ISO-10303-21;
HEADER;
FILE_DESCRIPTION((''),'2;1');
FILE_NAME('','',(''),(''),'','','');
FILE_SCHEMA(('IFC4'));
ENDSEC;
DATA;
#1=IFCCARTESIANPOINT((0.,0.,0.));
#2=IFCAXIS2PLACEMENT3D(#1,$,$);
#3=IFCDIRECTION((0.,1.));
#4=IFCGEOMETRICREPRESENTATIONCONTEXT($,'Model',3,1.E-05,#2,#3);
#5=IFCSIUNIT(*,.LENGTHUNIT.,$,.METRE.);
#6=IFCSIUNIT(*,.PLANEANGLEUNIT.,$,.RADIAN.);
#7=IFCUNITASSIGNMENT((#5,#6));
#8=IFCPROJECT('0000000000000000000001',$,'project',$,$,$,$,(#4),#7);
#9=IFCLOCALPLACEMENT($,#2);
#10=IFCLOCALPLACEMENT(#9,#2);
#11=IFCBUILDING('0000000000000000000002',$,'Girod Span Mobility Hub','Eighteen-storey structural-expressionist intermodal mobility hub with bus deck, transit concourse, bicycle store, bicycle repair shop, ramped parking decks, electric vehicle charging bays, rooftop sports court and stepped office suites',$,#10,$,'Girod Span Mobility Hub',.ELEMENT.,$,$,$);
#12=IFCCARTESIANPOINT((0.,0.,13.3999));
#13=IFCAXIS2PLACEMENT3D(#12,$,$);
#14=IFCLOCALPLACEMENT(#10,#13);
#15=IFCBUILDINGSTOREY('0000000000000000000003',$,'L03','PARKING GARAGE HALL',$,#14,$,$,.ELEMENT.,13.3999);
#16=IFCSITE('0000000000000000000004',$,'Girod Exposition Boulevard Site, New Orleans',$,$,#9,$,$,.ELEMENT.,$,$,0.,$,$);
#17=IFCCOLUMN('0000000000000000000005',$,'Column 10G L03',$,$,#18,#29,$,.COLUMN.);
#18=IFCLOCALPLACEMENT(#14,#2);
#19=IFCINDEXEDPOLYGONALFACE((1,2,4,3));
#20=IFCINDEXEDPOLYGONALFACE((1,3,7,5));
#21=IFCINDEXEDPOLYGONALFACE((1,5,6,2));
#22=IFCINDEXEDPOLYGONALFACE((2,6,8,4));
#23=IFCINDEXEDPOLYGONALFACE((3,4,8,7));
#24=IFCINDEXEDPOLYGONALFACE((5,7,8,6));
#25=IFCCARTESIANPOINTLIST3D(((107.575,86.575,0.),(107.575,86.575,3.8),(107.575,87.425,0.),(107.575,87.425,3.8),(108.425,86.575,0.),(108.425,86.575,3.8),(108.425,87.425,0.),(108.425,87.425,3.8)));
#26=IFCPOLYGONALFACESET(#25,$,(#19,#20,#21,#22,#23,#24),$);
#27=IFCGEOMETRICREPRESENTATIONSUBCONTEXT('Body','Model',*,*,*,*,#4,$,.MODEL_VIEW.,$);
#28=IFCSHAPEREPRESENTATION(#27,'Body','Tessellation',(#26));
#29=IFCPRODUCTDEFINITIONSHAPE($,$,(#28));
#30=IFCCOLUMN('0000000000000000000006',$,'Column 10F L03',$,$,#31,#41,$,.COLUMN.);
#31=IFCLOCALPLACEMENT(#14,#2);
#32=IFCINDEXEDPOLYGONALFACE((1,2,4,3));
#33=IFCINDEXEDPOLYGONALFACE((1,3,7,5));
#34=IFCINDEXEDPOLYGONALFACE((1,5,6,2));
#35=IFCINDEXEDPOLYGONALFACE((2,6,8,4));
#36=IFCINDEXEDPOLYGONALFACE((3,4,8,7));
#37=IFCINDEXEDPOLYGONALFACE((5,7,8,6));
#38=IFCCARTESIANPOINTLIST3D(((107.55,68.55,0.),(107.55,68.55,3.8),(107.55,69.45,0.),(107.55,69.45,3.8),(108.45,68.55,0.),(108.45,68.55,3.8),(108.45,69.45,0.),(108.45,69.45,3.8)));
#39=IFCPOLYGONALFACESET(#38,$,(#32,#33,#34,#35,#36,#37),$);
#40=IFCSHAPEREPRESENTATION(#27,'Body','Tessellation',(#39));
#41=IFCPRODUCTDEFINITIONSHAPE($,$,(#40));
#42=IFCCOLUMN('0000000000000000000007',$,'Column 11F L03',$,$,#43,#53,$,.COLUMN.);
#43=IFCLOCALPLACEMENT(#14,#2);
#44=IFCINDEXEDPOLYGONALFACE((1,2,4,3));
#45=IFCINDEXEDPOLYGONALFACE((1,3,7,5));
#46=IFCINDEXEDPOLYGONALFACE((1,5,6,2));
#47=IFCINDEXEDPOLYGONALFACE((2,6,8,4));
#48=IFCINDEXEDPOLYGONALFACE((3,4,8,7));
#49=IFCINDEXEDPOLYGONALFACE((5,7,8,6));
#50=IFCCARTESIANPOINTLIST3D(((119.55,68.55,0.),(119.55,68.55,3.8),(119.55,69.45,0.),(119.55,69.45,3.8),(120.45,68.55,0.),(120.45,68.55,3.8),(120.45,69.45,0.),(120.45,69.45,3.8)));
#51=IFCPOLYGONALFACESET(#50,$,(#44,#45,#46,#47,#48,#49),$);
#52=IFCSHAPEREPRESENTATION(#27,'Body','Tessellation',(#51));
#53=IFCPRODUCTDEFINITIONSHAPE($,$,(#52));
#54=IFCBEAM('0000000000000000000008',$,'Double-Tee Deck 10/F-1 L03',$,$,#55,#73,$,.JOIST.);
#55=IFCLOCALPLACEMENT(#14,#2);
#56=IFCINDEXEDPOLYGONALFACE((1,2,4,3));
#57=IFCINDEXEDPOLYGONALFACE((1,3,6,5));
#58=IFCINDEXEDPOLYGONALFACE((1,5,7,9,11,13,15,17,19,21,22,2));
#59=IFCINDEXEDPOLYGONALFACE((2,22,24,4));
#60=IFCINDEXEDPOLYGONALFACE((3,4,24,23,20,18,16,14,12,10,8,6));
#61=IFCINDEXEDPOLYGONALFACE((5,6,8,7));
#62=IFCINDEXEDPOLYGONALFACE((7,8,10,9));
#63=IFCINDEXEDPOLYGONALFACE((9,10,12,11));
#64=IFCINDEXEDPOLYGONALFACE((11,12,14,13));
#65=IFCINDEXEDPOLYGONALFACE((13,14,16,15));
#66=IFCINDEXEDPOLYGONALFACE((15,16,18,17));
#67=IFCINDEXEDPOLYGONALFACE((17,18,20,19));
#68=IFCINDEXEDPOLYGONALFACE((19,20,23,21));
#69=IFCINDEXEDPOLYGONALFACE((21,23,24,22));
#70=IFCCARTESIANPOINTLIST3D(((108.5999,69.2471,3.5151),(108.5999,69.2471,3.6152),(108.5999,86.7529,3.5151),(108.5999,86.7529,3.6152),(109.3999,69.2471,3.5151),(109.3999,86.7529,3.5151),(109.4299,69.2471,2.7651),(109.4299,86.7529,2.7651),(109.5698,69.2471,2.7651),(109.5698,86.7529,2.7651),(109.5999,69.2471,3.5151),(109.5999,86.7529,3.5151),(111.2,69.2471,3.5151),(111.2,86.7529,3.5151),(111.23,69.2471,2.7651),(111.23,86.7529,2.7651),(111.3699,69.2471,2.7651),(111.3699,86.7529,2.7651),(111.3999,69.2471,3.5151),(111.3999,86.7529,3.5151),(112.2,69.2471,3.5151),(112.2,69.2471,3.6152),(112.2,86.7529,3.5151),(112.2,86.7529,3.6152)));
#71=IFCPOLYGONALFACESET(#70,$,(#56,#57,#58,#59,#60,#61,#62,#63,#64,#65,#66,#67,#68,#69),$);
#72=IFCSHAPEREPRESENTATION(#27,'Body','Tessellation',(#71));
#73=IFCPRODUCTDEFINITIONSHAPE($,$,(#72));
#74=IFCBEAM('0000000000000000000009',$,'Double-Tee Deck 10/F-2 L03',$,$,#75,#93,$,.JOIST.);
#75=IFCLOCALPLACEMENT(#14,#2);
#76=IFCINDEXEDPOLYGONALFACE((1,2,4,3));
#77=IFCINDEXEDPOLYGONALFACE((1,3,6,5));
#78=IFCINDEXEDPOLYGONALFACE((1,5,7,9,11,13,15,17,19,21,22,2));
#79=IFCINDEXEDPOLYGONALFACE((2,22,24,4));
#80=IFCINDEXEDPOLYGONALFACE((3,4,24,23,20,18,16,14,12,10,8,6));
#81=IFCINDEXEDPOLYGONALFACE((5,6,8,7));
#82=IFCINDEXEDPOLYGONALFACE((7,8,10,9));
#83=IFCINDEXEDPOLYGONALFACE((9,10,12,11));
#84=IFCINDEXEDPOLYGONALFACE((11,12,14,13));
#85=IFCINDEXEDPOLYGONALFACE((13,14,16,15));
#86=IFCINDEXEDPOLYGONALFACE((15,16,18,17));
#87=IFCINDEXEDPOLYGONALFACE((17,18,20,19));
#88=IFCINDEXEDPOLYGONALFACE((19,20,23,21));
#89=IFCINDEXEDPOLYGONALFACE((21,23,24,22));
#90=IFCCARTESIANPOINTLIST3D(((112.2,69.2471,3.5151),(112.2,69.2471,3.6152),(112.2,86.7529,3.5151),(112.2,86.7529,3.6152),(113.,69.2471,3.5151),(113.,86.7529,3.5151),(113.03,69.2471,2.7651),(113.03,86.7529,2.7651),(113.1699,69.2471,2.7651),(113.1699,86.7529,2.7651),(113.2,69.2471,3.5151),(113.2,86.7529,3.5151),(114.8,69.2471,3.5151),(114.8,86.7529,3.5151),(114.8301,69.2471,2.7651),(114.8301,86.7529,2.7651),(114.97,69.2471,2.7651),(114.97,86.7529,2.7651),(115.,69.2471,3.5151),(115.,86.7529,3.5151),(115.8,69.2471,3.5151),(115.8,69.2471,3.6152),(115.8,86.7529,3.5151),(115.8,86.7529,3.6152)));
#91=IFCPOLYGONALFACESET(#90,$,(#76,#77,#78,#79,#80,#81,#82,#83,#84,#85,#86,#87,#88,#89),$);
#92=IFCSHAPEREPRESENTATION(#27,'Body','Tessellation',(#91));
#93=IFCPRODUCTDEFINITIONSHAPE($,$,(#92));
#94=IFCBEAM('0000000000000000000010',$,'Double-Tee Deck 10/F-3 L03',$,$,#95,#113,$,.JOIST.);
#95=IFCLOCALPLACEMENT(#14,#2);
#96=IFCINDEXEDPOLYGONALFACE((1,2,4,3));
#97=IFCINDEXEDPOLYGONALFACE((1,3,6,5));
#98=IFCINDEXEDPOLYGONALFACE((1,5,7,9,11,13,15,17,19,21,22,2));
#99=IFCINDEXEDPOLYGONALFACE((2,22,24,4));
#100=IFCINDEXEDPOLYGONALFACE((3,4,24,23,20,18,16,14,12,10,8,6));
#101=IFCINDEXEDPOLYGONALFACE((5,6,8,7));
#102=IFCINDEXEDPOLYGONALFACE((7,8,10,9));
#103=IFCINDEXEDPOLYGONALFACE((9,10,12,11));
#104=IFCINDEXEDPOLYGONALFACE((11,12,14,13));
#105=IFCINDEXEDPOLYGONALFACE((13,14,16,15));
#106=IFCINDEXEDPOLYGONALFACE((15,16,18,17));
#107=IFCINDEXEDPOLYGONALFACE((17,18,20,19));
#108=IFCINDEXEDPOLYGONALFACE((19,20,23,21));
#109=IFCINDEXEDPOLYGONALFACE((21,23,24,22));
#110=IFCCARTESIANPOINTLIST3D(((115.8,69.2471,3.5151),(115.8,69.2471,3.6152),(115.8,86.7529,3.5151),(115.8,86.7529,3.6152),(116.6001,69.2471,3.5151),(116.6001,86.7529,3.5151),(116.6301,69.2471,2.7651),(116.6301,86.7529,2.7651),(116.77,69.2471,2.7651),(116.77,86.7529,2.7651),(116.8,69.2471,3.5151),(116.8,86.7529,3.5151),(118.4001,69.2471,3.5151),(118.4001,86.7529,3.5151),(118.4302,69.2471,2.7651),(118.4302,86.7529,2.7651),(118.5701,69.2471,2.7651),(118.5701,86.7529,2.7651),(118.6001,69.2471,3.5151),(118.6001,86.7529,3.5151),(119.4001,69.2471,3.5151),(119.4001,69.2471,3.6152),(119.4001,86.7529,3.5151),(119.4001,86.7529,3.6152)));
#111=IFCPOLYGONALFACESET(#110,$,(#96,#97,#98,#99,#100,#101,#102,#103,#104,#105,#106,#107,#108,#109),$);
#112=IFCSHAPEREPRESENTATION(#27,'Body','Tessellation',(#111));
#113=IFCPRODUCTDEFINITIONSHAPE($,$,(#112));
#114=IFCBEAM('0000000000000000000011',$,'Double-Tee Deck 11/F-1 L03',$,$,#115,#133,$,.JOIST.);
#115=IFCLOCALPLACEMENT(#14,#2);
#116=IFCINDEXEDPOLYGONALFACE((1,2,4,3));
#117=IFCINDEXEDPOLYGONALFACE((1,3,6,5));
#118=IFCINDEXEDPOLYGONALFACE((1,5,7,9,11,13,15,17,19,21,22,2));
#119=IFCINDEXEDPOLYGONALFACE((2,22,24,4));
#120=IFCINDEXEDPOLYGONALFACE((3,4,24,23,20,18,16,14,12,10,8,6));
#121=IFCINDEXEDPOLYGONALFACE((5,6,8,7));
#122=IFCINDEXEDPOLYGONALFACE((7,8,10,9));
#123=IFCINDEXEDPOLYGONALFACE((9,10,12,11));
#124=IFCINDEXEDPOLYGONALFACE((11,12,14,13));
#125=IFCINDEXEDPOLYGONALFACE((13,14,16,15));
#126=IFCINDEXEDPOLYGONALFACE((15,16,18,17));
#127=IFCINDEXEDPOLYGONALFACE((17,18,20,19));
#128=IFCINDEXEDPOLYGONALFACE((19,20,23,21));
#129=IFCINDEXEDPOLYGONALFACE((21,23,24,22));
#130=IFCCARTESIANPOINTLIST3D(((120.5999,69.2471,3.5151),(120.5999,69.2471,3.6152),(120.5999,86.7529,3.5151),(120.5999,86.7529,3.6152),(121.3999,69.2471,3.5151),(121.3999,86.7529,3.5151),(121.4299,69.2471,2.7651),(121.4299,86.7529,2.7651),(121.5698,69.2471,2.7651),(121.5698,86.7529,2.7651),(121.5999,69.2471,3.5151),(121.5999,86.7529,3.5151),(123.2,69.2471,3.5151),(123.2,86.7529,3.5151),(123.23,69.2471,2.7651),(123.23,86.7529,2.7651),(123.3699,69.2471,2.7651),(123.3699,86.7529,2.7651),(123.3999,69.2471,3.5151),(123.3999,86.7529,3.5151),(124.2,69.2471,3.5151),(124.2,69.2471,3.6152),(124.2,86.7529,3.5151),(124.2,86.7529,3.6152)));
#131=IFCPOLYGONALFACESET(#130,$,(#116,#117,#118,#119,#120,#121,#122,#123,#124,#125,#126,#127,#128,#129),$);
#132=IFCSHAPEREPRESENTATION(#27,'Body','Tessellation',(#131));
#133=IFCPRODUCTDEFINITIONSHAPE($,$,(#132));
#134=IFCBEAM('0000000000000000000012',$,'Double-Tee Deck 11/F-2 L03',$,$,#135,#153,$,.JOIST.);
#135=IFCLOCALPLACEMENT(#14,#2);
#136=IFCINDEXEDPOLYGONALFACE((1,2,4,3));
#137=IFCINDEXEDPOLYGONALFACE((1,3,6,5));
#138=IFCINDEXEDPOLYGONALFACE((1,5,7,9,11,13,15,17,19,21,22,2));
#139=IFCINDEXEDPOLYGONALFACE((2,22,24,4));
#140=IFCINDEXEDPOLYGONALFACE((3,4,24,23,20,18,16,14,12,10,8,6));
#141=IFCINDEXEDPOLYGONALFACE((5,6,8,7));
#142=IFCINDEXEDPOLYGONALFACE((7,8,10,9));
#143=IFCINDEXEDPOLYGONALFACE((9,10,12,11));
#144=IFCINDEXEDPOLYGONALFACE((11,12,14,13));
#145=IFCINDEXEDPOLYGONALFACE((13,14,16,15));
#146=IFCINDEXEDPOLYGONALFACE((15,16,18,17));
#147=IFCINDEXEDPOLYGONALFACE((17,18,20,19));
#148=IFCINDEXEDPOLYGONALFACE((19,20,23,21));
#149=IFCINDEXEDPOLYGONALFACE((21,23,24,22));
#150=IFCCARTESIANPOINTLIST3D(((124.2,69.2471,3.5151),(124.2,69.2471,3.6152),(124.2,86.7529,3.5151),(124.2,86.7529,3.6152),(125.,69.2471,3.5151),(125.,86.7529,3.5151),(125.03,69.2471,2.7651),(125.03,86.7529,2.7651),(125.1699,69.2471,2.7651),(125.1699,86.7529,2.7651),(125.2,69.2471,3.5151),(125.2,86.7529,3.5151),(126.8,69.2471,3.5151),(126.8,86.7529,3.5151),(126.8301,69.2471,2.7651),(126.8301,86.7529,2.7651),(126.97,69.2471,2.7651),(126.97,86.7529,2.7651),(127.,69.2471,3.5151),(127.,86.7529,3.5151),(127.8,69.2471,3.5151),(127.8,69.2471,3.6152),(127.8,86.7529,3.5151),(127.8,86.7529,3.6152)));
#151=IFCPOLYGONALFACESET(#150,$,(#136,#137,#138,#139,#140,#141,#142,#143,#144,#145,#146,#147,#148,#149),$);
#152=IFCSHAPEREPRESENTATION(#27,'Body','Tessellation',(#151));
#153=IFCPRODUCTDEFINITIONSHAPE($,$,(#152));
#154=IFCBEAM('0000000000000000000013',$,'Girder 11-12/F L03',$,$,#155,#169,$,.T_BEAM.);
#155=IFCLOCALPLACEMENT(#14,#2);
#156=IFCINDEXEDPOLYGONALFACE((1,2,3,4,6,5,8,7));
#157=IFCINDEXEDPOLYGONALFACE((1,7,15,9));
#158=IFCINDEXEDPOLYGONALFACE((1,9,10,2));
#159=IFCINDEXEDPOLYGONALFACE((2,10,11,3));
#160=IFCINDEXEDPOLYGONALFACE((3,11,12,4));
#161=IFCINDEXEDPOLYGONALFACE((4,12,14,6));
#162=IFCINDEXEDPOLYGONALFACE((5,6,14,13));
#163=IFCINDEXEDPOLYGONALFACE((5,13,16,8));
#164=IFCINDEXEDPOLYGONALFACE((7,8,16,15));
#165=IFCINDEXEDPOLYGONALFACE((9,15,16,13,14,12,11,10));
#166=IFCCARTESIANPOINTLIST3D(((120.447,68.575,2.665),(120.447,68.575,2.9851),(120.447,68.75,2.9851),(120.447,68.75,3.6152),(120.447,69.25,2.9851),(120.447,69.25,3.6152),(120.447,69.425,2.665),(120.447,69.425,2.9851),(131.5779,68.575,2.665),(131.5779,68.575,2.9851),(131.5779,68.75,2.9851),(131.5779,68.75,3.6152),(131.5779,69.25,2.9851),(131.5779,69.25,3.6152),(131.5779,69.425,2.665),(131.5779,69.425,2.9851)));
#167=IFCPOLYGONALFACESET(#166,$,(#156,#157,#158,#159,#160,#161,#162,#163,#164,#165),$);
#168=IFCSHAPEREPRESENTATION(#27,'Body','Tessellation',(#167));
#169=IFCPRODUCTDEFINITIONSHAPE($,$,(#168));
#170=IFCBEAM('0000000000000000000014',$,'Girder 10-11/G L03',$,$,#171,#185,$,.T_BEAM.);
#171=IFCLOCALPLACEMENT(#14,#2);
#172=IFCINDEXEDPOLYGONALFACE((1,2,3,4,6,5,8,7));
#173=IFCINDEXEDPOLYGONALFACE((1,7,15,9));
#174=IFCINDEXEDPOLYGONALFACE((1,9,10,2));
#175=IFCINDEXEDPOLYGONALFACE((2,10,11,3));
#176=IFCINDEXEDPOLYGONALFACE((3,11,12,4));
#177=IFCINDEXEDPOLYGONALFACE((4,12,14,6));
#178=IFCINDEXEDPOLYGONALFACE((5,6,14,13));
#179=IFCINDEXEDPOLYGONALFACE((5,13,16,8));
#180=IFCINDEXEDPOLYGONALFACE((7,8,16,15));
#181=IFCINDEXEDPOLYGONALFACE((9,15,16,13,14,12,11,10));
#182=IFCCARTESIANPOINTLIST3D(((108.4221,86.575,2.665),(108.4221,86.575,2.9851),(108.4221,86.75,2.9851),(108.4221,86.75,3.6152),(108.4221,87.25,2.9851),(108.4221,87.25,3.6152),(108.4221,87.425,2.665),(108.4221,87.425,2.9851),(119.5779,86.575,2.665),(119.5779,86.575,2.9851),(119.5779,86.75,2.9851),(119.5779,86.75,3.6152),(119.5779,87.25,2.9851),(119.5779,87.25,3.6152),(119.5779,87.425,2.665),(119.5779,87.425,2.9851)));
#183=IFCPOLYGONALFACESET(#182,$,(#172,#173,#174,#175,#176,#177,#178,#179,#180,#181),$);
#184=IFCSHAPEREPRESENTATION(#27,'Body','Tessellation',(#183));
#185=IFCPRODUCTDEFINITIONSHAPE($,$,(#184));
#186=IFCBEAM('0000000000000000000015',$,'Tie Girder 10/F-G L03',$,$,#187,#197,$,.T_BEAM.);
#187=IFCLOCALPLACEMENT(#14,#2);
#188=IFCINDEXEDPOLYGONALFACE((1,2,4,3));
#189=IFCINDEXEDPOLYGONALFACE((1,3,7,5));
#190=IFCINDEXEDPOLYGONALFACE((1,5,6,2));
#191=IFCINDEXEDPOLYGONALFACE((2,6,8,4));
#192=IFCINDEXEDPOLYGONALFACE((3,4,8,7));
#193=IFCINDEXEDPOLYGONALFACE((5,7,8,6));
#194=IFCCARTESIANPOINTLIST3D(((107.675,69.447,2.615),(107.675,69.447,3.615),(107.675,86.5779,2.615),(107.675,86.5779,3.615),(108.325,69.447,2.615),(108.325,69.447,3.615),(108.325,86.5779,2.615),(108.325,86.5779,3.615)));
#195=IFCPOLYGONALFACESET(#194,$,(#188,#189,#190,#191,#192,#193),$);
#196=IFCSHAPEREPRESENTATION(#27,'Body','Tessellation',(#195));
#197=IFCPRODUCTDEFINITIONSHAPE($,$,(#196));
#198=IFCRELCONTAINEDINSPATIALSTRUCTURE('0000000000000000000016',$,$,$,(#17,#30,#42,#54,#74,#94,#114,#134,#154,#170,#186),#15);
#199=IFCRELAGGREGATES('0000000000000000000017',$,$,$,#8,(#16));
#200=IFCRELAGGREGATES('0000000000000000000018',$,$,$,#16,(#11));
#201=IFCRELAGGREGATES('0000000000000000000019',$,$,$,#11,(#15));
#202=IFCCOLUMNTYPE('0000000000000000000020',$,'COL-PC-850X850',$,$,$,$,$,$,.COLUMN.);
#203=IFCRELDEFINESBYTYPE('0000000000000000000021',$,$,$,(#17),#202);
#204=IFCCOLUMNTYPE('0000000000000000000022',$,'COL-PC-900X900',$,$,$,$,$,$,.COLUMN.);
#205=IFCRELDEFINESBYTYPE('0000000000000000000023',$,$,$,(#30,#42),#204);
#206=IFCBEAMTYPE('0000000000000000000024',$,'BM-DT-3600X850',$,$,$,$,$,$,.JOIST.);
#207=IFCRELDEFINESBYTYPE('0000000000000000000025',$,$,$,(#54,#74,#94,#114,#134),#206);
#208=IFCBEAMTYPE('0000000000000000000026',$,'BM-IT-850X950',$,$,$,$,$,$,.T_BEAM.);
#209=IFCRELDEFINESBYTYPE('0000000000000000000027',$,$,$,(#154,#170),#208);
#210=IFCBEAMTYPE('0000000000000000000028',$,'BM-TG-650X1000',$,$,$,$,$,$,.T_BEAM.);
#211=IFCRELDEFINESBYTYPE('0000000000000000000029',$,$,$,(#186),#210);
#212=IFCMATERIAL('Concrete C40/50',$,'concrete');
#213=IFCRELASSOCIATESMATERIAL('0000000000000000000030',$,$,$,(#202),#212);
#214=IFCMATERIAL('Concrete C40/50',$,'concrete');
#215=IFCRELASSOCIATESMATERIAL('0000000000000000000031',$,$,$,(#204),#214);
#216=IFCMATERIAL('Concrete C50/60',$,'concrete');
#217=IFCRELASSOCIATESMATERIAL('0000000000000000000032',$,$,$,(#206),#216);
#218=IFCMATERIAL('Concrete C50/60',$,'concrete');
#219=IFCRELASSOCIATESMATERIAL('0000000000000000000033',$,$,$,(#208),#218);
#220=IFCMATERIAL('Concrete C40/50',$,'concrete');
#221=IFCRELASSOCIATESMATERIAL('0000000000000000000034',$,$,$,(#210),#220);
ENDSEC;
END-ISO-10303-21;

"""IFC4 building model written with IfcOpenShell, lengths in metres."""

from ifc_helpers import new_model, si_unit, direction, frame, origin, origin_2d, place, context, subcontext, project, spatial, polyline, rectangle, outline, extrude, material, material_profile, profile_set, type_object, element, save


model = new_model("IFC4")

# Units and contexts
model_context = context("Model", 3, precision=1e-05, world=origin(), true_north=direction((0.0, 1.0)))
body_context = subcontext(model_context, "Body", "Model", "MODEL_VIEW")
ifc_project = project(units=[si_unit("LENGTHUNIT", "METRE"), si_unit("PLANEANGLEUNIT", "RADIAN")], contexts=[model_context])

# Site, building, storey
site_placement = place(None, origin())
site = spatial("IfcSite", under=ifc_project, at=site_placement, Name="Girod Exposition Boulevard Site, New Orleans", CompositionType="ELEMENT", RefElevation=0.0)
building_placement = place(site_placement, origin())
building = spatial("IfcBuilding", under=site, at=building_placement, Name="Girod Span Mobility Hub", Description="Eighteen-storey structural-expressionist intermodal mobility hub with bus deck, transit concourse, bicycle store, bicycle repair shop, ramped parking decks, electric vehicle charging bays, rooftop sports court and stepped office suites", LongName="Girod Span Mobility Hub", CompositionType="ELEMENT")
storey_placement = place(building_placement, frame((0.0, 0.0, 13.3999)))
storey = spatial("IfcBuildingStorey", under=building, at=storey_placement, Name="L03", Description="PARKING GARAGE HALL", CompositionType="ELEMENT", Elevation=13.3999)

# Columns
ifc_material_1 = material(Name="Concrete C40/50", Category="concrete")
ifc_material_profile_1 = material_profile(ifc_material_1, rectangle(XDim=0.8501, YDim=0.8501, at=origin_2d()), Name="PC-COL-850X850")
ifc_profile_set_1 = profile_set([ifc_material_profile_1], Name="Concrete C40/50")
column_type_1 = type_object("IfcColumnType", Name="COL-PC-850X850", PredefinedType="COLUMN", material=ifc_profile_set_1)
column_placement = place(storey_placement, frame((108.0, 87.0, 0.0), z_axis=(0.0, 0.0, 1.0), x_axis=(1.0, 0.0, 0.0)))
element("IfcColumn", 1, at=column_placement, inside=storey, type_object=column_type_1, Name="Column 10G L03", PredefinedType="COLUMN", context=body_context, shape_type="SweptSolid", body=[
    extrude(rectangle(XDim=0.8501, YDim=0.8501, at=origin_2d()), origin(), (0.0, 0.0, 1.0), 3.8),
])
ifc_material_2 = material(Name="Concrete C40/50", Category="concrete")
ifc_material_profile_2 = material_profile(ifc_material_2, rectangle(XDim=0.8999, YDim=0.8999, at=origin_2d()), Name="PC-COL-900X900")
ifc_profile_set_2 = profile_set([ifc_material_profile_2], Name="Concrete C40/50")
column_type_2 = type_object("IfcColumnType", Name="COL-PC-900X900", PredefinedType="COLUMN", material=ifc_profile_set_2)
for number, where, z_axis, x_axis, name in (
    (2, (108.0, 69.0, 0.0), (0.0, 0.0, 1.0), (1.0, 0.0, 0.0), "Column 10F L03"),
    (3, (120.0, 69.0, 0.0), (0.0, 0.0, 1.0), (1.0, 0.0, 0.0), "Column 11F L03"),
):
    element("IfcColumn", number, at=place(storey_placement, frame(where, z_axis=z_axis, x_axis=x_axis)), inside=storey, type_object=column_type_2, Name=name, PredefinedType="COLUMN", context=body_context, shape_type="SweptSolid", body=[
        extrude(rectangle(XDim=0.8999, YDim=0.8999, at=origin_2d()), origin(), (0.0, 0.0, 1.0), 3.8),
    ])

# Beams
ifc_material_3 = material(Name="Concrete C50/60", Category="concrete")
ifc_material_profile_3 = material_profile(ifc_material_3, outline(polyline([(-1.8, 0.425), (-1.8, 0.325), (-1.0, 0.325), (-0.97, -0.425), (-0.8301, -0.425), (-0.8, 0.325), (0.8, 0.325), (0.8301, -0.425), (0.97, -0.425), (1.0, 0.325), (1.8, 0.325), (1.8, 0.425), (-1.8, 0.425)])), Name="DT-3600X850")
ifc_profile_set_3 = profile_set([ifc_material_profile_3], Name="Concrete C50/60")
beam_type_1 = type_object("IfcBeamType", Name="BM-DT-3600X850", PredefinedType="JOIST", material=ifc_profile_set_3)
for number, where, z_axis, x_axis, name in (
    (4, (110.3999, 69.2471, 3.1902), (0.0, 1.0, 0.0), (-1.0, 0.0, 0.0), "Double-Tee Deck 10/F-1 L03"),
    (5, (114.0, 69.2471, 3.1902), (0.0, 1.0, 0.0), (-1.0, 0.0, 0.0), "Double-Tee Deck 10/F-2 L03"),
    (6, (117.6001, 69.2471, 3.1902), (0.0, 1.0, 0.0), (-1.0, 0.0, 0.0), "Double-Tee Deck 10/F-3 L03"),
    (7, (122.3999, 69.2471, 3.1902), (0.0, 1.0, 0.0), (-1.0, 0.0, 0.0), "Double-Tee Deck 11/F-1 L03"),
    (8, (126.0, 69.2471, 3.1902), (0.0, 1.0, 0.0), (-1.0, 0.0, 0.0), "Double-Tee Deck 11/F-2 L03"),
):
    element("IfcBeam", number, at=place(storey_placement, frame(where, z_axis=z_axis, x_axis=x_axis)), inside=storey, type_object=beam_type_1, Name=name, PredefinedType="JOIST", context=body_context, shape_type="SweptSolid", body=[
        extrude(outline(polyline([(-1.8, 0.425), (-1.8, 0.325), (-1.0, 0.325), (-0.97, -0.425), (-0.8301, -0.425), (-0.8, 0.325), (0.8, 0.325), (0.8301, -0.425), (0.97, -0.425), (1.0, 0.325), (1.8, 0.325), (1.8, 0.425), (-1.8, 0.425)])), origin(), (0.0, 0.0, 1.0), 17.5059),
    ])
ifc_material_4 = material(Name="Concrete C50/60", Category="concrete")
ifc_material_profile_4 = material_profile(ifc_material_4, outline(polyline([(-0.425, -0.4751), (0.425, -0.4751), (0.425, -0.155), (0.25, -0.155), (0.25, 0.4751), (-0.25, 0.4751), (-0.25, -0.155), (-0.425, -0.155), (-0.425, -0.4751)])), Name="IT-850X950")
ifc_profile_set_4 = profile_set([ifc_material_profile_4], Name="Concrete C50/60")
beam_type_2 = type_object("IfcBeamType", Name="BM-IT-850X950", PredefinedType="T_BEAM", material=ifc_profile_set_4)
beam_1_placement = place(storey_placement, frame((120.447, 69.0, 3.1401), z_axis=(1.0, 0.0, 0.0), x_axis=(0.0, 1.0, 0.0)))
element("IfcBeam", 9, at=beam_1_placement, inside=storey, type_object=beam_type_2, Name="Girder 11-12/F L03", PredefinedType="T_BEAM", context=body_context, shape_type="SweptSolid", body=[
    extrude(outline(polyline([(-0.425, -0.4751), (0.425, -0.4751), (0.425, -0.155), (0.25, -0.155), (0.25, 0.4751), (-0.25, 0.4751), (-0.25, -0.155), (-0.425, -0.155), (-0.425, -0.4751)])), origin(), (0.0, 0.0, 1.0), 11.1309),
])
beam_2_placement = place(storey_placement, frame((108.4221, 87.0, 3.1401), z_axis=(1.0, 0.0, 0.0), x_axis=(0.0, 1.0, 0.0)))
element("IfcBeam", 10, at=beam_2_placement, inside=storey, type_object=beam_type_2, Name="Girder 10-11/G L03", PredefinedType="T_BEAM", context=body_context, shape_type="SweptSolid", body=[
    extrude(outline(polyline([(-0.425, -0.4751), (0.425, -0.4751), (0.425, -0.155), (0.25, -0.155), (0.25, 0.4751), (-0.25, 0.4751), (-0.25, -0.155), (-0.425, -0.155), (-0.425, -0.4751)])), origin(), (0.0, 0.0, 1.0), 11.1558),
])
ifc_material_5 = material(Name="Concrete C40/50", Category="concrete")
ifc_material_profile_5 = material_profile(ifc_material_5, rectangle(XDim=0.6499, YDim=1.0, at=origin_2d()), Name="TG-650X1000")
ifc_profile_set_5 = profile_set([ifc_material_profile_5], Name="Concrete C40/50")
beam_type_3 = type_object("IfcBeamType", Name="BM-TG-650X1000", PredefinedType="T_BEAM", material=ifc_profile_set_5)
for number, where, z_axis, x_axis, name in (
    (11, (108.0, 69.447, 3.115), (0.0, 1.0, 0.0), (-1.0, 0.0, 0.0), "Tie Girder 10/F-G L03"),
):
    element("IfcBeam", number, at=place(storey_placement, frame(where, z_axis=z_axis, x_axis=x_axis)), inside=storey, type_object=beam_type_3, Name=name, PredefinedType="T_BEAM", context=body_context, shape_type="SweptSolid", body=[
        extrude(rectangle(XDim=0.6499, YDim=1.0, at=origin_2d()), origin(), (0.0, 0.0, 1.0), 17.1309),
    ])

save(model, "model.ifc")
